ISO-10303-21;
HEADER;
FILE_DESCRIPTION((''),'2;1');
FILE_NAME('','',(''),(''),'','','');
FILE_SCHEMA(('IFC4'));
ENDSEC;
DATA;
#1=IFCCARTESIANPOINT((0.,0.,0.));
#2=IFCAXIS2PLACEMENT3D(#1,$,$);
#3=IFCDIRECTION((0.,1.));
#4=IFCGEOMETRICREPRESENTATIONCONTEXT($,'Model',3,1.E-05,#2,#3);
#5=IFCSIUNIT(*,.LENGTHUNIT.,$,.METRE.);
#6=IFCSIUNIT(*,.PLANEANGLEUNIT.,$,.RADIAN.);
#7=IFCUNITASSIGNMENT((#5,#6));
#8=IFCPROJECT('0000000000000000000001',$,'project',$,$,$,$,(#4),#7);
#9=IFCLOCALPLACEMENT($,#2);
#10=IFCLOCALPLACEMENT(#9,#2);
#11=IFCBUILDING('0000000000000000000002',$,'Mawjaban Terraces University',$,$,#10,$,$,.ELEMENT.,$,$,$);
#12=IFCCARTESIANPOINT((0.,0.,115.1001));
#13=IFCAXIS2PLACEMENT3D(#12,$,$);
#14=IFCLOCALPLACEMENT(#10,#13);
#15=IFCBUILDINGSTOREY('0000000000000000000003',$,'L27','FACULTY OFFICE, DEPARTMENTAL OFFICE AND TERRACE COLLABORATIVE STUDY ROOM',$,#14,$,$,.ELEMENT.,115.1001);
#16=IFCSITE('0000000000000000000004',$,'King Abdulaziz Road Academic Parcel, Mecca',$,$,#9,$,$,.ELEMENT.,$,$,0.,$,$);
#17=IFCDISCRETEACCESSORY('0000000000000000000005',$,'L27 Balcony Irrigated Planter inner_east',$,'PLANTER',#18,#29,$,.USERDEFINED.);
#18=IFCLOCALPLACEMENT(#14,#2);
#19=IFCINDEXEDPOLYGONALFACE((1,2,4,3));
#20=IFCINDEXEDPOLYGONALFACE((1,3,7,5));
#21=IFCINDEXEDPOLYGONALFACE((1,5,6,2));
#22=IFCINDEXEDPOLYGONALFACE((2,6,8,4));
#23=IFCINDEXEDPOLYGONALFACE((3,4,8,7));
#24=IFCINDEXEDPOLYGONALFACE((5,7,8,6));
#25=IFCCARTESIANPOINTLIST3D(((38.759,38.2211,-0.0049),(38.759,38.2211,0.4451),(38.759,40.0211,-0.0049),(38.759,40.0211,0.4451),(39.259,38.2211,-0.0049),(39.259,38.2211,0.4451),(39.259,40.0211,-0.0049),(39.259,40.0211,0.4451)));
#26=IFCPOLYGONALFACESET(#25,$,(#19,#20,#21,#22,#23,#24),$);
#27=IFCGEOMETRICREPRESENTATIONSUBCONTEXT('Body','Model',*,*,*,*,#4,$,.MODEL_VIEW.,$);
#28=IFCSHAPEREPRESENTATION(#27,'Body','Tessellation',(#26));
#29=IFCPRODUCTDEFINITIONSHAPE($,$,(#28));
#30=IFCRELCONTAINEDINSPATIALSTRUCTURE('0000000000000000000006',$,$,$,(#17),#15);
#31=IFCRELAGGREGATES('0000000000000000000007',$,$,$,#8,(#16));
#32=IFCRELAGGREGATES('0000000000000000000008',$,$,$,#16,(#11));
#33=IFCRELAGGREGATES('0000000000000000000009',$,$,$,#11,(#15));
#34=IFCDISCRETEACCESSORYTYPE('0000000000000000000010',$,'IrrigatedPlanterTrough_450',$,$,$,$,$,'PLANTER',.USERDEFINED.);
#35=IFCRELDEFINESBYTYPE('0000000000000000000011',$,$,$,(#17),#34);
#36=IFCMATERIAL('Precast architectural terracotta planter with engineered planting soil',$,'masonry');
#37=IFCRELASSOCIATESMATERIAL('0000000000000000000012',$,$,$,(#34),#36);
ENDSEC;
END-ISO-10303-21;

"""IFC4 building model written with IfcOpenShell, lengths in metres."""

from ifc_helpers import new_model, si_unit, direction, frame, origin, origin_2d, place, context, subcontext, project, spatial, rectangle, extrude, material, type_object, element, save


model = new_model("IFC4")

# Units and contexts
model_context = context("Model", 3, precision=1e-05, world=origin(), true_north=direction((0.0, 1.0)))
body_context = subcontext(model_context, "Body", "Model", "MODEL_VIEW")
ifc_project = project(units=[si_unit("LENGTHUNIT", "METRE"), si_unit("PLANEANGLEUNIT", "RADIAN")], contexts=[model_context])

# Site, building, storey
site_placement = place(None, origin())
site = spatial("IfcSite", under=ifc_project, at=site_placement, Name="King Abdulaziz Road Academic Parcel, Mecca", CompositionType="ELEMENT", RefElevation=0.0)
building_placement = place(site_placement, origin())
building = spatial("IfcBuilding", under=site, at=building_placement, Name="Mawjaban Terraces University", CompositionType="ELEMENT")
storey_placement = place(building_placement, frame((0.0, 0.0, 115.1001)))
storey = spatial("IfcBuildingStorey", under=building, at=storey_placement, Name="L27", Description="FACULTY OFFICE, DEPARTMENTAL OFFICE AND TERRACE COLLABORATIVE STUDY ROOM", CompositionType="ELEMENT", Elevation=115.1001)

# Discrete accessory
ifc_material_1 = material(Name="Precast architectural terracotta planter with engineered planting soil", Category="masonry")
discrete_accessory_type_1 = type_object("IfcDiscreteAccessoryType", Name="IrrigatedPlanterTrough_450", ElementType="PLANTER", PredefinedType="USERDEFINED", material=ifc_material_1)
discrete_accessory_1_placement = place(storey_placement, frame((39.009, 39.1211, -0.0049), z_axis=(0.0, 0.0, 1.0), x_axis=(0.0, 1.0, 0.0)))
element("IfcDiscreteAccessory", 1, at=discrete_accessory_1_placement, inside=storey, type_object=discrete_accessory_type_1, Name="L27 Balcony Irrigated Planter inner_east", ObjectType="PLANTER", PredefinedType="USERDEFINED", context=body_context, shape_type="SweptSolid", body=[
    extrude(rectangle(XDim=1.8, YDim=0.5, at=origin_2d()), origin(), (0.0, 0.0, 1.0), 0.45),
])

save(model, "model.ifc")
